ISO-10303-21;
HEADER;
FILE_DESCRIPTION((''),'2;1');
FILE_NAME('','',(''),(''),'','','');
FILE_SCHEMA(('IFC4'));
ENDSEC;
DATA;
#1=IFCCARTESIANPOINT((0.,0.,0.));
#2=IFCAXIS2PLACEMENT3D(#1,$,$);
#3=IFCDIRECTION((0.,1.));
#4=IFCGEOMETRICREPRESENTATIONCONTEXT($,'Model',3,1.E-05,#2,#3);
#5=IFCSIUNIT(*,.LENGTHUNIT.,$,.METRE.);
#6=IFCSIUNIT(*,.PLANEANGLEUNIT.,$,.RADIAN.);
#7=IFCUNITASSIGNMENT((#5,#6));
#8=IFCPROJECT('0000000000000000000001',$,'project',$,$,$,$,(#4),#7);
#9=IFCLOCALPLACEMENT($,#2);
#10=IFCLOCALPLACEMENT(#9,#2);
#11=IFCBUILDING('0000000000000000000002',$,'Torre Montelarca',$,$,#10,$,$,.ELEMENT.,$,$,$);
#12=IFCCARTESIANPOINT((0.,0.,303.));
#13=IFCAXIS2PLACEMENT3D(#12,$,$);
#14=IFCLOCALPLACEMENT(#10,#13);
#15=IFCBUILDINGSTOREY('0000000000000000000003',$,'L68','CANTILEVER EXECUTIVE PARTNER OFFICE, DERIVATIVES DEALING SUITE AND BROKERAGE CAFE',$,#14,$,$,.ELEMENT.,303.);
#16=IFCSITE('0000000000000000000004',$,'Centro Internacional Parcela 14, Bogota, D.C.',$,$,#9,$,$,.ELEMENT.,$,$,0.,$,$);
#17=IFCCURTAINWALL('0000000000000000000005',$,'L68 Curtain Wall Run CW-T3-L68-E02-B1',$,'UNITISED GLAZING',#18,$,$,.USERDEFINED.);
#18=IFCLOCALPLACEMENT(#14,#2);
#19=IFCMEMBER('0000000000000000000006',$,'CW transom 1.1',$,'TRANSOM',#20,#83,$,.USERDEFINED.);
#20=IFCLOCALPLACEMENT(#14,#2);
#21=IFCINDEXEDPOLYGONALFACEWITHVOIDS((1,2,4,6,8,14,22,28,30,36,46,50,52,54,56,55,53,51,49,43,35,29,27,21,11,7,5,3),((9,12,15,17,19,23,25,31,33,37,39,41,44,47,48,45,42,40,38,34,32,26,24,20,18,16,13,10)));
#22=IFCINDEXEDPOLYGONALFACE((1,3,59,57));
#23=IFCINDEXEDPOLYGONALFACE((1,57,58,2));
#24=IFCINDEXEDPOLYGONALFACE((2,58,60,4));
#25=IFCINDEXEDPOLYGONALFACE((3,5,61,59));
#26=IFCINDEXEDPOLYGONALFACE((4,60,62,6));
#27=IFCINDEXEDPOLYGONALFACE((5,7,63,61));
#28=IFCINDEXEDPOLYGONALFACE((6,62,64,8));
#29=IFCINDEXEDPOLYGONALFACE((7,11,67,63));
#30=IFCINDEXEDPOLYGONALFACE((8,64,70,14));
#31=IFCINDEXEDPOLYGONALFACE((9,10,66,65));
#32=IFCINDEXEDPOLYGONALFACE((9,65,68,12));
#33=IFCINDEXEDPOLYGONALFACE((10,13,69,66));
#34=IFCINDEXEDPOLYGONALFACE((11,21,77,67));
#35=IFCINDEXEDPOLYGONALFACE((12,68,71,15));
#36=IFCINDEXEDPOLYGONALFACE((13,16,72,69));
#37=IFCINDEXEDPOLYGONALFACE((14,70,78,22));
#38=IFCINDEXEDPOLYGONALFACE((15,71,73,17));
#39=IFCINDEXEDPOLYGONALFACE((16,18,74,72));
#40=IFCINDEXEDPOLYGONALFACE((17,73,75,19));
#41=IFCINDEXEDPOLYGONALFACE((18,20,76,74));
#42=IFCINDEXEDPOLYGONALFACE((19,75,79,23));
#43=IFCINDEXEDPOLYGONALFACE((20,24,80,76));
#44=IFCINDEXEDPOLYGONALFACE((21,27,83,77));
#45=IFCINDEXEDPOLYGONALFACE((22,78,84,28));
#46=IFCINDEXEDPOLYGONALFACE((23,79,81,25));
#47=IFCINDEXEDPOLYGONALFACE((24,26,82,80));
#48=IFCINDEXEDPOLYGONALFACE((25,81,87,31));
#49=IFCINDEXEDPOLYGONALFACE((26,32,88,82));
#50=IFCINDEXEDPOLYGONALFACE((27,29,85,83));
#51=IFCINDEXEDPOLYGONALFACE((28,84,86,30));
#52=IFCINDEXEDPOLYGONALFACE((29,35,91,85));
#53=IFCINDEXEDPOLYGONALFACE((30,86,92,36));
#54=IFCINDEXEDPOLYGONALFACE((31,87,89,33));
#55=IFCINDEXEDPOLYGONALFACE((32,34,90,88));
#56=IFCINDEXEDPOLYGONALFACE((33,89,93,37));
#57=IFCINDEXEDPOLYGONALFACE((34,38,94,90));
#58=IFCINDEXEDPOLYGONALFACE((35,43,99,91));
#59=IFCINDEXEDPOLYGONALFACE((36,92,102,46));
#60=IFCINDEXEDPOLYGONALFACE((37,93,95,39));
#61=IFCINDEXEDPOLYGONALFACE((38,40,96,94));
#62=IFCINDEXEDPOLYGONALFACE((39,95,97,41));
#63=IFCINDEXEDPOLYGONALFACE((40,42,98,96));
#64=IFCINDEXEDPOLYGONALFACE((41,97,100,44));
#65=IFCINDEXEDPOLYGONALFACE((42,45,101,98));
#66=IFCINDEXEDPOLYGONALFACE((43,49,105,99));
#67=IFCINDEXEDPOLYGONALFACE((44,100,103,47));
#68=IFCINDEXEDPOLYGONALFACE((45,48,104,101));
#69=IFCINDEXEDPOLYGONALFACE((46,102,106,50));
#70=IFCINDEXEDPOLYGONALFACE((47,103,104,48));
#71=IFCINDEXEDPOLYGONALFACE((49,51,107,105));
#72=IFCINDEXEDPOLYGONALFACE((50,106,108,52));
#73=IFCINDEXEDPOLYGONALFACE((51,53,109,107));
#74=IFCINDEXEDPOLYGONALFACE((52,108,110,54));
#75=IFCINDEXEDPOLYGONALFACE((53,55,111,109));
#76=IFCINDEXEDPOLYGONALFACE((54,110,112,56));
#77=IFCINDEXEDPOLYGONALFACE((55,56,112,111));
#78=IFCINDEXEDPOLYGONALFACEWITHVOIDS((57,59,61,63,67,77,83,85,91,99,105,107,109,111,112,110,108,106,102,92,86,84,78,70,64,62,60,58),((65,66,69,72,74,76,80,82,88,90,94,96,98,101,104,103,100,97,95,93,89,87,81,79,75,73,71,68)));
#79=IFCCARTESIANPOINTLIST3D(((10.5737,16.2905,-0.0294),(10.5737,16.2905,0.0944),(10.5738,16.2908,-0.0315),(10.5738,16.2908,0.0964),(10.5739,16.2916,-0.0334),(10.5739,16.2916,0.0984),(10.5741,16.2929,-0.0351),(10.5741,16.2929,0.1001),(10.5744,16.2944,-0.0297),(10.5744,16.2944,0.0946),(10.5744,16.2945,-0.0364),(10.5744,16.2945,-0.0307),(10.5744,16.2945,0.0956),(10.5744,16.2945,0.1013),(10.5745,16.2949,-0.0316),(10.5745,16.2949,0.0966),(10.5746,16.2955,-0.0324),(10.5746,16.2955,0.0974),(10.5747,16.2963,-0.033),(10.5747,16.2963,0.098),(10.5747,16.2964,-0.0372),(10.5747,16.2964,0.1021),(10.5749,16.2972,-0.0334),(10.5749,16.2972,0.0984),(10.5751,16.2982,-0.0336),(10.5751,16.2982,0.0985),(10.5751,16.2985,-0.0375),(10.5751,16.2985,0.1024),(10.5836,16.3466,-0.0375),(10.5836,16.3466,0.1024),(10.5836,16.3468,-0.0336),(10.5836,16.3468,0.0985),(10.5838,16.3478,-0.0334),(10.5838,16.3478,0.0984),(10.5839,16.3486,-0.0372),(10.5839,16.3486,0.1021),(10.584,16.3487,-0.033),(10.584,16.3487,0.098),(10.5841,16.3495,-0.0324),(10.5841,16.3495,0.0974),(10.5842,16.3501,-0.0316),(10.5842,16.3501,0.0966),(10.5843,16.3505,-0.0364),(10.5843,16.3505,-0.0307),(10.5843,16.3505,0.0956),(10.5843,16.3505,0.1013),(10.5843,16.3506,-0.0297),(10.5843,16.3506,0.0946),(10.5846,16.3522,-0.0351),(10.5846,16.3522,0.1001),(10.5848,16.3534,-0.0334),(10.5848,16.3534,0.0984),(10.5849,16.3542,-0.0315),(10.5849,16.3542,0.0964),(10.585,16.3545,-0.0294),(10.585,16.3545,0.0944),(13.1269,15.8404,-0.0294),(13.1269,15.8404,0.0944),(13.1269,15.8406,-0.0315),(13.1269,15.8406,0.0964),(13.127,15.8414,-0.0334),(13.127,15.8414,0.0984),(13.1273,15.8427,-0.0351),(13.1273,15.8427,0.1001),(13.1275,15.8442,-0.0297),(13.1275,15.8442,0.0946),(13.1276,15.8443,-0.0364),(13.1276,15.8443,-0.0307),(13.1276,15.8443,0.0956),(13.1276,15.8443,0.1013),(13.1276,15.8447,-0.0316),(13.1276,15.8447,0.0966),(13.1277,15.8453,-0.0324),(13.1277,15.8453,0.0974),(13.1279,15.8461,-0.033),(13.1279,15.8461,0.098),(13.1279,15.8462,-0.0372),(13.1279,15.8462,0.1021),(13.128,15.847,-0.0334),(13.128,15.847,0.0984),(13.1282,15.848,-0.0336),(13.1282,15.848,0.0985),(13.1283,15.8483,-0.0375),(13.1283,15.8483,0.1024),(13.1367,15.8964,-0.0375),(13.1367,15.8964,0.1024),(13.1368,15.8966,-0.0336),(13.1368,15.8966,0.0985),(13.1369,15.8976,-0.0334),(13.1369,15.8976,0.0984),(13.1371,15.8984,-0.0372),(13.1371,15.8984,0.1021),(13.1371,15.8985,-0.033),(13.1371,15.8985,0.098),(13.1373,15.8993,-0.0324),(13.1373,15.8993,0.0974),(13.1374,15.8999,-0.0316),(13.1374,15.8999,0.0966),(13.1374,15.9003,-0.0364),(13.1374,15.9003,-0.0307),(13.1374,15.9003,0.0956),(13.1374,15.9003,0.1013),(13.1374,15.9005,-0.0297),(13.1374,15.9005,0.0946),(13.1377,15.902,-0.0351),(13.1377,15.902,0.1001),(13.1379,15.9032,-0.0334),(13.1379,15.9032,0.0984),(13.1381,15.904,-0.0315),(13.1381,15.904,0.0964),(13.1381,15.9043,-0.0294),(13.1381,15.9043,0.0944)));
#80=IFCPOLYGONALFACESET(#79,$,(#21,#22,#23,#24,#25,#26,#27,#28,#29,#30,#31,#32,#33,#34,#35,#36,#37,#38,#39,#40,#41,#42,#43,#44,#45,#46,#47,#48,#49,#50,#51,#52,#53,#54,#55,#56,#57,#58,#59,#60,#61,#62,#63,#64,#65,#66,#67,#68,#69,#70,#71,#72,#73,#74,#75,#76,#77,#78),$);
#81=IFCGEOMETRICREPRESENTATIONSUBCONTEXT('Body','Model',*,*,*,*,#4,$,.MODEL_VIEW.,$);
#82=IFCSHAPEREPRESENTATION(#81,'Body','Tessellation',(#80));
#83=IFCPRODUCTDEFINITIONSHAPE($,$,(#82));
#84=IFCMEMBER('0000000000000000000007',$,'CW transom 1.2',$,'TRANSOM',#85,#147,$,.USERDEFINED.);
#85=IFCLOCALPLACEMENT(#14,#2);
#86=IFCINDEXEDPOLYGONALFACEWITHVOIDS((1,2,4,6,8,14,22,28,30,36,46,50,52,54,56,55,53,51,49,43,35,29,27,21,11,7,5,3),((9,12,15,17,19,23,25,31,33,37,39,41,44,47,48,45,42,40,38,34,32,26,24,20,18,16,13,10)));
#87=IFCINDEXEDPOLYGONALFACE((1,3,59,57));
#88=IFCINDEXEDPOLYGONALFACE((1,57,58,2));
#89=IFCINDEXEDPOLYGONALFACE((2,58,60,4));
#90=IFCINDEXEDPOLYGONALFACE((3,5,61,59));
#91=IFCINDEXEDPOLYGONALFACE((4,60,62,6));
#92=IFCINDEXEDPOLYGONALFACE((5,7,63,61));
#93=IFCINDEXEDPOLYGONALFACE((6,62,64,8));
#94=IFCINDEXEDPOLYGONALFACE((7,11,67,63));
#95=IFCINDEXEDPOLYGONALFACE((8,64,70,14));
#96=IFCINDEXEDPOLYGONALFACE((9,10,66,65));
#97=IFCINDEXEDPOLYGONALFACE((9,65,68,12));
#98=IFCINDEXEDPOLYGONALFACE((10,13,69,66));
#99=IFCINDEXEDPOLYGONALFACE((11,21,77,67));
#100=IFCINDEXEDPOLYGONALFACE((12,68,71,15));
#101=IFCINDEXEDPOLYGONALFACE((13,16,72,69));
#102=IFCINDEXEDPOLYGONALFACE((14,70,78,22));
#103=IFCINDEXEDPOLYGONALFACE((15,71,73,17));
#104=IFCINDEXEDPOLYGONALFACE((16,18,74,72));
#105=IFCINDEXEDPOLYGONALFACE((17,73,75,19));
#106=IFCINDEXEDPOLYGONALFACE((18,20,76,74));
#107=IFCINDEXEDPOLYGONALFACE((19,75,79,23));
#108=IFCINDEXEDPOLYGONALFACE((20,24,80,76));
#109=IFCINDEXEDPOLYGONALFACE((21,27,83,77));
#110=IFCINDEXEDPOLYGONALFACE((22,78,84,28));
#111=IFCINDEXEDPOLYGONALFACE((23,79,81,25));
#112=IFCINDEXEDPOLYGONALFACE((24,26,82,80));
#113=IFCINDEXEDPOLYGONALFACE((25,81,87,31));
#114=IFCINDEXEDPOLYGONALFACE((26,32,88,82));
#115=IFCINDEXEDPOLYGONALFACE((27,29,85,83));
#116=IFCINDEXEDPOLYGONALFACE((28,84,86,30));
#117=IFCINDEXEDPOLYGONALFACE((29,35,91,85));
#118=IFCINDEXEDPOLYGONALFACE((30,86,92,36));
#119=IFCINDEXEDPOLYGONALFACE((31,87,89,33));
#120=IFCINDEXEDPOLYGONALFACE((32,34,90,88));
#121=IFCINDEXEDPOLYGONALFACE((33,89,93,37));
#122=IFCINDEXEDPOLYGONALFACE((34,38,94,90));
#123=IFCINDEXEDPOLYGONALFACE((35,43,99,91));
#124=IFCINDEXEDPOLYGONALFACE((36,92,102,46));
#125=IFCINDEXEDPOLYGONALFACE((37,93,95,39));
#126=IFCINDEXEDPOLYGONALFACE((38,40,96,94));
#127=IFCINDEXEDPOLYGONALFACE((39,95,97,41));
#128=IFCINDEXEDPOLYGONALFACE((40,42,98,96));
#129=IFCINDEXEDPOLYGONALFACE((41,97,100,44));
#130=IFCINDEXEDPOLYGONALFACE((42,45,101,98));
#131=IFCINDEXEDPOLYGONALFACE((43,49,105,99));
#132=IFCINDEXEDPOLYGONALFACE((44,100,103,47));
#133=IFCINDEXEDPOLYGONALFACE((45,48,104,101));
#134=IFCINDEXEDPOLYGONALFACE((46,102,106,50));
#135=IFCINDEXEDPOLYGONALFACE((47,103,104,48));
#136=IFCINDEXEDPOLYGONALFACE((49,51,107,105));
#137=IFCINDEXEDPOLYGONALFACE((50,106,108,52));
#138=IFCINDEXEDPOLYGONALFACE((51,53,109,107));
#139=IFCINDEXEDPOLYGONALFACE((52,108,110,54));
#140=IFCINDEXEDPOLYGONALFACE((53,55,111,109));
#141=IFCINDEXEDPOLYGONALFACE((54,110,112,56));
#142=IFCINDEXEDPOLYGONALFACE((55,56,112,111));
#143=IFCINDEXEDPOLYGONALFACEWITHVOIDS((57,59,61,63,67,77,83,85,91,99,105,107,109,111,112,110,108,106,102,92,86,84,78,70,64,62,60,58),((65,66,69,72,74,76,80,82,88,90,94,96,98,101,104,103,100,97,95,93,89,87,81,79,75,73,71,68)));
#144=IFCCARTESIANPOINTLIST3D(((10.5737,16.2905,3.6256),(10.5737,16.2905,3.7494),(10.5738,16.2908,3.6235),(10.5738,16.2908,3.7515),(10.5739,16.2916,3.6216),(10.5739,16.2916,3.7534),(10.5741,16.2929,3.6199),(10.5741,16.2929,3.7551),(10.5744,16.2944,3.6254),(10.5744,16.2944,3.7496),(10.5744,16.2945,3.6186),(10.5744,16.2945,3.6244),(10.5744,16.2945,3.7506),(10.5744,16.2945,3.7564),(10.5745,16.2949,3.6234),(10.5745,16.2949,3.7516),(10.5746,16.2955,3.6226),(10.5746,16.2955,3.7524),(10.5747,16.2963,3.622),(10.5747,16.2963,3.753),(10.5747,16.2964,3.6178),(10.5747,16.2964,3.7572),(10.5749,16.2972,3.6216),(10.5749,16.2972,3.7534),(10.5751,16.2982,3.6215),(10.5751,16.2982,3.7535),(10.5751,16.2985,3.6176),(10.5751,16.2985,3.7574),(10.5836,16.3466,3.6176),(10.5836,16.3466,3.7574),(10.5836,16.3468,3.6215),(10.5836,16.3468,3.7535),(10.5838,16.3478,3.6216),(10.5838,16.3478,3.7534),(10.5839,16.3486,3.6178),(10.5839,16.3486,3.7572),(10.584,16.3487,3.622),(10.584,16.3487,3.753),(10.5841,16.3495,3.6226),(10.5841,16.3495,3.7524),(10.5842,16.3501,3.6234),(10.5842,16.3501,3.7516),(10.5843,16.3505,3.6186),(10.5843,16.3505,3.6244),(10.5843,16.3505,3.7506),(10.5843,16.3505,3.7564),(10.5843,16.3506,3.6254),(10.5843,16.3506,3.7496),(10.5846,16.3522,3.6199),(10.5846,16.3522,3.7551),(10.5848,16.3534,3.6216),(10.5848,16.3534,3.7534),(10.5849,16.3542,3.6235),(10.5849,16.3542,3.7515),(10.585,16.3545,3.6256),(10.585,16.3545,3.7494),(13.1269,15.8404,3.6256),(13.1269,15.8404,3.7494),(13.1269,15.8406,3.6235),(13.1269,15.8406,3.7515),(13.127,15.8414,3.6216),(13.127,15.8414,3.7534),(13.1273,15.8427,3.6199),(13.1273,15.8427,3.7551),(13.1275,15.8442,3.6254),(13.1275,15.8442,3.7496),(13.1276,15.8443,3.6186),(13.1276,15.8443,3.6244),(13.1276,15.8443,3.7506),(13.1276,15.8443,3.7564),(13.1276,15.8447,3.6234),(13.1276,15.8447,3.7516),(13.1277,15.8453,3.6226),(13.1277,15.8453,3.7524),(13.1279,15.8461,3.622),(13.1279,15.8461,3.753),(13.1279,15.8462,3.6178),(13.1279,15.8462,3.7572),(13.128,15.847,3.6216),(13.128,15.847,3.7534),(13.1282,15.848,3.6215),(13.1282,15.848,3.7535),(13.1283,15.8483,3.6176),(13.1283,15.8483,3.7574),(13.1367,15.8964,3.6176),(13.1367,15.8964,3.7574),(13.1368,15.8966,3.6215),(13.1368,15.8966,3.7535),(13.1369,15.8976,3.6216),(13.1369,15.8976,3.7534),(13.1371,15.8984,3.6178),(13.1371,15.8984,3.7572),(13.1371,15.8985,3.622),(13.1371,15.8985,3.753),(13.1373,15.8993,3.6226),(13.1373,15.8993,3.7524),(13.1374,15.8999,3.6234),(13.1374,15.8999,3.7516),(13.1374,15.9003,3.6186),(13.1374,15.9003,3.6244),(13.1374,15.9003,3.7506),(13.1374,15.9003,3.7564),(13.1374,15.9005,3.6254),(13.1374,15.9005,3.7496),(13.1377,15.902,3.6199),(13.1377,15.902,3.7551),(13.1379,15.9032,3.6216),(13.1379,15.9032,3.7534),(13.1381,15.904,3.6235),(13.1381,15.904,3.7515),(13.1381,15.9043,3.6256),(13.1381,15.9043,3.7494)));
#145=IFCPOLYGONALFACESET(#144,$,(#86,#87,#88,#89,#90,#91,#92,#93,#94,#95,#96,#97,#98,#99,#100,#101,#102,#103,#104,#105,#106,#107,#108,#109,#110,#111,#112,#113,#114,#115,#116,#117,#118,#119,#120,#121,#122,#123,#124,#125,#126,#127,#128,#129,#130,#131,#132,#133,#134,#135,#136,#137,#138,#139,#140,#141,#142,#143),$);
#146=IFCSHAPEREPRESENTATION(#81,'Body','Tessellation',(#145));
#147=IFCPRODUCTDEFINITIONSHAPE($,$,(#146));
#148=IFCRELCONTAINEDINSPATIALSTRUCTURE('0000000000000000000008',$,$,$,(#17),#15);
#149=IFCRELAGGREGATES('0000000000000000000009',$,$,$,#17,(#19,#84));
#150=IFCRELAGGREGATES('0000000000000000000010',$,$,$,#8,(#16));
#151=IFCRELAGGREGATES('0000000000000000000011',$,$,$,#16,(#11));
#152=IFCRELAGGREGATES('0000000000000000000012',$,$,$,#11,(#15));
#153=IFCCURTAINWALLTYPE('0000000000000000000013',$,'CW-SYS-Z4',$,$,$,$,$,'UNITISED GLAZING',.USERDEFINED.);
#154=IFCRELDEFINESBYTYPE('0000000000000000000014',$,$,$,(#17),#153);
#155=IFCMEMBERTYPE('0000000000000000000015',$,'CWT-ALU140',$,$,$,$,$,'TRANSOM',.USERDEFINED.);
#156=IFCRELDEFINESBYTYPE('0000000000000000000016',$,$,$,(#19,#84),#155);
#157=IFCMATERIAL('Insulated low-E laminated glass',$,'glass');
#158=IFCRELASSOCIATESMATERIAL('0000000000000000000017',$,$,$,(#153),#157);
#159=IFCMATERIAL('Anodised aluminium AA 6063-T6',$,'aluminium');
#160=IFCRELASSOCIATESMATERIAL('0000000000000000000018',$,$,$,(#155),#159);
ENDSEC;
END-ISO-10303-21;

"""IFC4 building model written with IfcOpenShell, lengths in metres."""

from ifc_helpers import new_model, si_unit, direction, frame, origin, origin_2d, place, context, subcontext, project, spatial, hollow_rectangle, extrude, source, transform, mapped, material, material_profile, profile_set, type_object, element, aggregate, save


model = new_model("IFC4")

# Units and contexts
model_context = context("Model", 3, precision=1e-05, world=origin(), true_north=direction((0.0, 1.0)))
body_context = subcontext(model_context, "Body", "Model", "MODEL_VIEW")
ifc_project = project(units=[si_unit("LENGTHUNIT", "METRE"), si_unit("PLANEANGLEUNIT", "RADIAN")], contexts=[model_context])

# Site, building, storey
site_placement = place(None, origin())
site = spatial("IfcSite", under=ifc_project, at=site_placement, Name="Centro Internacional Parcela 14, Bogota, D.C.", CompositionType="ELEMENT", RefElevation=0.0)
building_placement = place(site_placement, origin())
building = spatial("IfcBuilding", under=site, at=building_placement, Name="Torre Montelarca", CompositionType="ELEMENT")
storey_placement = place(building_placement, frame((0.0, 0.0, 303.0)))
storey = spatial("IfcBuildingStorey", under=building, at=storey_placement, Name="L68", Description="CANTILEVER EXECUTIVE PARTNER OFFICE, DERIVATIVES DEALING SUITE AND BROKERAGE CAFE", CompositionType="ELEMENT", Elevation=303.0)

# Curtain wall
ifc_material_1 = material(Name="Insulated low-E laminated glass", Category="glass")
curtain_wall_type = type_object("IfcCurtainWallType", Name="CW-SYS-Z4", ElementType="UNITISED GLAZING", PredefinedType="USERDEFINED", material=ifc_material_1)
curtain_wall_1_placement = place(storey_placement, origin())
curtain_wall_1 = element("IfcCurtainWall", 1, at=curtain_wall_1_placement, inside=storey, type_object=curtain_wall_type, Name="L68 Curtain Wall Run CW-T3-L68-E02-B1", ObjectType="UNITISED GLAZING", PredefinedType="USERDEFINED")
ifc_material_2 = material(Name="Anodised aluminium AA 6063-T6", Category="aluminium")
ifc_material_profile_1 = material_profile(ifc_material_2, hollow_rectangle(XDim=0.0649, YDim=0.1399, WallThickness=0.0039, InnerFilletRadius=0.0039, OuterFilletRadius=0.0081, at=origin_2d()), Name="ALU65X140X4", Category="aluminium")
ifc_profile_set_1 = profile_set([ifc_material_profile_1], Name="Anodised aluminium AA 6063-T6")
member_type_1 = type_object("IfcMemberType", Name="CWT-ALU140", ElementType="TRANSOM", PredefinedType="USERDEFINED", material=ifc_profile_set_1)

# Members
shared_shape_1 = source(origin(), body_context, "Body", "SweptSolid", [
    extrude(hollow_rectangle(XDim=0.0649, YDim=0.1399, WallThickness=0.0039, InnerFilletRadius=0.0039, OuterFilletRadius=0.0081, at=origin_2d()), origin(), (0.0, 0.0, 1.0), 2.5925),
])
member_1_placement = place(storey_placement, frame((10.5793, 16.3225, 0.0325), z_axis=(0.984808, -0.173646, 0.0), x_axis=(0.173646, 0.984808, 0.0)))
member_1 = element("IfcMember", 2, at=member_1_placement, type_object=member_type_1, Name="CW transom 1.1", ObjectType="TRANSOM", PredefinedType="USERDEFINED", context=body_context, shape_type="MappedRepresentation", body=[
    mapped(shared_shape_1, transform((0.0, 0.0, 0.0), scale=1.0)),
])
member_2_placement = place(storey_placement, frame((10.5793, 16.3225, 3.6875), z_axis=(0.984808, -0.173646, 0.0), x_axis=(0.173646, 0.984808, 0.0)))
member_2 = element("IfcMember", 3, at=member_2_placement, type_object=member_type_1, Name="CW transom 1.2", ObjectType="TRANSOM", PredefinedType="USERDEFINED", context=body_context, shape_type="MappedRepresentation", body=[
    mapped(shared_shape_1, transform((0.0, 0.0, 0.0), scale=1.0)),
])

aggregate(curtain_wall_1, [member_1, member_2])

save(model, "model.ifc")
